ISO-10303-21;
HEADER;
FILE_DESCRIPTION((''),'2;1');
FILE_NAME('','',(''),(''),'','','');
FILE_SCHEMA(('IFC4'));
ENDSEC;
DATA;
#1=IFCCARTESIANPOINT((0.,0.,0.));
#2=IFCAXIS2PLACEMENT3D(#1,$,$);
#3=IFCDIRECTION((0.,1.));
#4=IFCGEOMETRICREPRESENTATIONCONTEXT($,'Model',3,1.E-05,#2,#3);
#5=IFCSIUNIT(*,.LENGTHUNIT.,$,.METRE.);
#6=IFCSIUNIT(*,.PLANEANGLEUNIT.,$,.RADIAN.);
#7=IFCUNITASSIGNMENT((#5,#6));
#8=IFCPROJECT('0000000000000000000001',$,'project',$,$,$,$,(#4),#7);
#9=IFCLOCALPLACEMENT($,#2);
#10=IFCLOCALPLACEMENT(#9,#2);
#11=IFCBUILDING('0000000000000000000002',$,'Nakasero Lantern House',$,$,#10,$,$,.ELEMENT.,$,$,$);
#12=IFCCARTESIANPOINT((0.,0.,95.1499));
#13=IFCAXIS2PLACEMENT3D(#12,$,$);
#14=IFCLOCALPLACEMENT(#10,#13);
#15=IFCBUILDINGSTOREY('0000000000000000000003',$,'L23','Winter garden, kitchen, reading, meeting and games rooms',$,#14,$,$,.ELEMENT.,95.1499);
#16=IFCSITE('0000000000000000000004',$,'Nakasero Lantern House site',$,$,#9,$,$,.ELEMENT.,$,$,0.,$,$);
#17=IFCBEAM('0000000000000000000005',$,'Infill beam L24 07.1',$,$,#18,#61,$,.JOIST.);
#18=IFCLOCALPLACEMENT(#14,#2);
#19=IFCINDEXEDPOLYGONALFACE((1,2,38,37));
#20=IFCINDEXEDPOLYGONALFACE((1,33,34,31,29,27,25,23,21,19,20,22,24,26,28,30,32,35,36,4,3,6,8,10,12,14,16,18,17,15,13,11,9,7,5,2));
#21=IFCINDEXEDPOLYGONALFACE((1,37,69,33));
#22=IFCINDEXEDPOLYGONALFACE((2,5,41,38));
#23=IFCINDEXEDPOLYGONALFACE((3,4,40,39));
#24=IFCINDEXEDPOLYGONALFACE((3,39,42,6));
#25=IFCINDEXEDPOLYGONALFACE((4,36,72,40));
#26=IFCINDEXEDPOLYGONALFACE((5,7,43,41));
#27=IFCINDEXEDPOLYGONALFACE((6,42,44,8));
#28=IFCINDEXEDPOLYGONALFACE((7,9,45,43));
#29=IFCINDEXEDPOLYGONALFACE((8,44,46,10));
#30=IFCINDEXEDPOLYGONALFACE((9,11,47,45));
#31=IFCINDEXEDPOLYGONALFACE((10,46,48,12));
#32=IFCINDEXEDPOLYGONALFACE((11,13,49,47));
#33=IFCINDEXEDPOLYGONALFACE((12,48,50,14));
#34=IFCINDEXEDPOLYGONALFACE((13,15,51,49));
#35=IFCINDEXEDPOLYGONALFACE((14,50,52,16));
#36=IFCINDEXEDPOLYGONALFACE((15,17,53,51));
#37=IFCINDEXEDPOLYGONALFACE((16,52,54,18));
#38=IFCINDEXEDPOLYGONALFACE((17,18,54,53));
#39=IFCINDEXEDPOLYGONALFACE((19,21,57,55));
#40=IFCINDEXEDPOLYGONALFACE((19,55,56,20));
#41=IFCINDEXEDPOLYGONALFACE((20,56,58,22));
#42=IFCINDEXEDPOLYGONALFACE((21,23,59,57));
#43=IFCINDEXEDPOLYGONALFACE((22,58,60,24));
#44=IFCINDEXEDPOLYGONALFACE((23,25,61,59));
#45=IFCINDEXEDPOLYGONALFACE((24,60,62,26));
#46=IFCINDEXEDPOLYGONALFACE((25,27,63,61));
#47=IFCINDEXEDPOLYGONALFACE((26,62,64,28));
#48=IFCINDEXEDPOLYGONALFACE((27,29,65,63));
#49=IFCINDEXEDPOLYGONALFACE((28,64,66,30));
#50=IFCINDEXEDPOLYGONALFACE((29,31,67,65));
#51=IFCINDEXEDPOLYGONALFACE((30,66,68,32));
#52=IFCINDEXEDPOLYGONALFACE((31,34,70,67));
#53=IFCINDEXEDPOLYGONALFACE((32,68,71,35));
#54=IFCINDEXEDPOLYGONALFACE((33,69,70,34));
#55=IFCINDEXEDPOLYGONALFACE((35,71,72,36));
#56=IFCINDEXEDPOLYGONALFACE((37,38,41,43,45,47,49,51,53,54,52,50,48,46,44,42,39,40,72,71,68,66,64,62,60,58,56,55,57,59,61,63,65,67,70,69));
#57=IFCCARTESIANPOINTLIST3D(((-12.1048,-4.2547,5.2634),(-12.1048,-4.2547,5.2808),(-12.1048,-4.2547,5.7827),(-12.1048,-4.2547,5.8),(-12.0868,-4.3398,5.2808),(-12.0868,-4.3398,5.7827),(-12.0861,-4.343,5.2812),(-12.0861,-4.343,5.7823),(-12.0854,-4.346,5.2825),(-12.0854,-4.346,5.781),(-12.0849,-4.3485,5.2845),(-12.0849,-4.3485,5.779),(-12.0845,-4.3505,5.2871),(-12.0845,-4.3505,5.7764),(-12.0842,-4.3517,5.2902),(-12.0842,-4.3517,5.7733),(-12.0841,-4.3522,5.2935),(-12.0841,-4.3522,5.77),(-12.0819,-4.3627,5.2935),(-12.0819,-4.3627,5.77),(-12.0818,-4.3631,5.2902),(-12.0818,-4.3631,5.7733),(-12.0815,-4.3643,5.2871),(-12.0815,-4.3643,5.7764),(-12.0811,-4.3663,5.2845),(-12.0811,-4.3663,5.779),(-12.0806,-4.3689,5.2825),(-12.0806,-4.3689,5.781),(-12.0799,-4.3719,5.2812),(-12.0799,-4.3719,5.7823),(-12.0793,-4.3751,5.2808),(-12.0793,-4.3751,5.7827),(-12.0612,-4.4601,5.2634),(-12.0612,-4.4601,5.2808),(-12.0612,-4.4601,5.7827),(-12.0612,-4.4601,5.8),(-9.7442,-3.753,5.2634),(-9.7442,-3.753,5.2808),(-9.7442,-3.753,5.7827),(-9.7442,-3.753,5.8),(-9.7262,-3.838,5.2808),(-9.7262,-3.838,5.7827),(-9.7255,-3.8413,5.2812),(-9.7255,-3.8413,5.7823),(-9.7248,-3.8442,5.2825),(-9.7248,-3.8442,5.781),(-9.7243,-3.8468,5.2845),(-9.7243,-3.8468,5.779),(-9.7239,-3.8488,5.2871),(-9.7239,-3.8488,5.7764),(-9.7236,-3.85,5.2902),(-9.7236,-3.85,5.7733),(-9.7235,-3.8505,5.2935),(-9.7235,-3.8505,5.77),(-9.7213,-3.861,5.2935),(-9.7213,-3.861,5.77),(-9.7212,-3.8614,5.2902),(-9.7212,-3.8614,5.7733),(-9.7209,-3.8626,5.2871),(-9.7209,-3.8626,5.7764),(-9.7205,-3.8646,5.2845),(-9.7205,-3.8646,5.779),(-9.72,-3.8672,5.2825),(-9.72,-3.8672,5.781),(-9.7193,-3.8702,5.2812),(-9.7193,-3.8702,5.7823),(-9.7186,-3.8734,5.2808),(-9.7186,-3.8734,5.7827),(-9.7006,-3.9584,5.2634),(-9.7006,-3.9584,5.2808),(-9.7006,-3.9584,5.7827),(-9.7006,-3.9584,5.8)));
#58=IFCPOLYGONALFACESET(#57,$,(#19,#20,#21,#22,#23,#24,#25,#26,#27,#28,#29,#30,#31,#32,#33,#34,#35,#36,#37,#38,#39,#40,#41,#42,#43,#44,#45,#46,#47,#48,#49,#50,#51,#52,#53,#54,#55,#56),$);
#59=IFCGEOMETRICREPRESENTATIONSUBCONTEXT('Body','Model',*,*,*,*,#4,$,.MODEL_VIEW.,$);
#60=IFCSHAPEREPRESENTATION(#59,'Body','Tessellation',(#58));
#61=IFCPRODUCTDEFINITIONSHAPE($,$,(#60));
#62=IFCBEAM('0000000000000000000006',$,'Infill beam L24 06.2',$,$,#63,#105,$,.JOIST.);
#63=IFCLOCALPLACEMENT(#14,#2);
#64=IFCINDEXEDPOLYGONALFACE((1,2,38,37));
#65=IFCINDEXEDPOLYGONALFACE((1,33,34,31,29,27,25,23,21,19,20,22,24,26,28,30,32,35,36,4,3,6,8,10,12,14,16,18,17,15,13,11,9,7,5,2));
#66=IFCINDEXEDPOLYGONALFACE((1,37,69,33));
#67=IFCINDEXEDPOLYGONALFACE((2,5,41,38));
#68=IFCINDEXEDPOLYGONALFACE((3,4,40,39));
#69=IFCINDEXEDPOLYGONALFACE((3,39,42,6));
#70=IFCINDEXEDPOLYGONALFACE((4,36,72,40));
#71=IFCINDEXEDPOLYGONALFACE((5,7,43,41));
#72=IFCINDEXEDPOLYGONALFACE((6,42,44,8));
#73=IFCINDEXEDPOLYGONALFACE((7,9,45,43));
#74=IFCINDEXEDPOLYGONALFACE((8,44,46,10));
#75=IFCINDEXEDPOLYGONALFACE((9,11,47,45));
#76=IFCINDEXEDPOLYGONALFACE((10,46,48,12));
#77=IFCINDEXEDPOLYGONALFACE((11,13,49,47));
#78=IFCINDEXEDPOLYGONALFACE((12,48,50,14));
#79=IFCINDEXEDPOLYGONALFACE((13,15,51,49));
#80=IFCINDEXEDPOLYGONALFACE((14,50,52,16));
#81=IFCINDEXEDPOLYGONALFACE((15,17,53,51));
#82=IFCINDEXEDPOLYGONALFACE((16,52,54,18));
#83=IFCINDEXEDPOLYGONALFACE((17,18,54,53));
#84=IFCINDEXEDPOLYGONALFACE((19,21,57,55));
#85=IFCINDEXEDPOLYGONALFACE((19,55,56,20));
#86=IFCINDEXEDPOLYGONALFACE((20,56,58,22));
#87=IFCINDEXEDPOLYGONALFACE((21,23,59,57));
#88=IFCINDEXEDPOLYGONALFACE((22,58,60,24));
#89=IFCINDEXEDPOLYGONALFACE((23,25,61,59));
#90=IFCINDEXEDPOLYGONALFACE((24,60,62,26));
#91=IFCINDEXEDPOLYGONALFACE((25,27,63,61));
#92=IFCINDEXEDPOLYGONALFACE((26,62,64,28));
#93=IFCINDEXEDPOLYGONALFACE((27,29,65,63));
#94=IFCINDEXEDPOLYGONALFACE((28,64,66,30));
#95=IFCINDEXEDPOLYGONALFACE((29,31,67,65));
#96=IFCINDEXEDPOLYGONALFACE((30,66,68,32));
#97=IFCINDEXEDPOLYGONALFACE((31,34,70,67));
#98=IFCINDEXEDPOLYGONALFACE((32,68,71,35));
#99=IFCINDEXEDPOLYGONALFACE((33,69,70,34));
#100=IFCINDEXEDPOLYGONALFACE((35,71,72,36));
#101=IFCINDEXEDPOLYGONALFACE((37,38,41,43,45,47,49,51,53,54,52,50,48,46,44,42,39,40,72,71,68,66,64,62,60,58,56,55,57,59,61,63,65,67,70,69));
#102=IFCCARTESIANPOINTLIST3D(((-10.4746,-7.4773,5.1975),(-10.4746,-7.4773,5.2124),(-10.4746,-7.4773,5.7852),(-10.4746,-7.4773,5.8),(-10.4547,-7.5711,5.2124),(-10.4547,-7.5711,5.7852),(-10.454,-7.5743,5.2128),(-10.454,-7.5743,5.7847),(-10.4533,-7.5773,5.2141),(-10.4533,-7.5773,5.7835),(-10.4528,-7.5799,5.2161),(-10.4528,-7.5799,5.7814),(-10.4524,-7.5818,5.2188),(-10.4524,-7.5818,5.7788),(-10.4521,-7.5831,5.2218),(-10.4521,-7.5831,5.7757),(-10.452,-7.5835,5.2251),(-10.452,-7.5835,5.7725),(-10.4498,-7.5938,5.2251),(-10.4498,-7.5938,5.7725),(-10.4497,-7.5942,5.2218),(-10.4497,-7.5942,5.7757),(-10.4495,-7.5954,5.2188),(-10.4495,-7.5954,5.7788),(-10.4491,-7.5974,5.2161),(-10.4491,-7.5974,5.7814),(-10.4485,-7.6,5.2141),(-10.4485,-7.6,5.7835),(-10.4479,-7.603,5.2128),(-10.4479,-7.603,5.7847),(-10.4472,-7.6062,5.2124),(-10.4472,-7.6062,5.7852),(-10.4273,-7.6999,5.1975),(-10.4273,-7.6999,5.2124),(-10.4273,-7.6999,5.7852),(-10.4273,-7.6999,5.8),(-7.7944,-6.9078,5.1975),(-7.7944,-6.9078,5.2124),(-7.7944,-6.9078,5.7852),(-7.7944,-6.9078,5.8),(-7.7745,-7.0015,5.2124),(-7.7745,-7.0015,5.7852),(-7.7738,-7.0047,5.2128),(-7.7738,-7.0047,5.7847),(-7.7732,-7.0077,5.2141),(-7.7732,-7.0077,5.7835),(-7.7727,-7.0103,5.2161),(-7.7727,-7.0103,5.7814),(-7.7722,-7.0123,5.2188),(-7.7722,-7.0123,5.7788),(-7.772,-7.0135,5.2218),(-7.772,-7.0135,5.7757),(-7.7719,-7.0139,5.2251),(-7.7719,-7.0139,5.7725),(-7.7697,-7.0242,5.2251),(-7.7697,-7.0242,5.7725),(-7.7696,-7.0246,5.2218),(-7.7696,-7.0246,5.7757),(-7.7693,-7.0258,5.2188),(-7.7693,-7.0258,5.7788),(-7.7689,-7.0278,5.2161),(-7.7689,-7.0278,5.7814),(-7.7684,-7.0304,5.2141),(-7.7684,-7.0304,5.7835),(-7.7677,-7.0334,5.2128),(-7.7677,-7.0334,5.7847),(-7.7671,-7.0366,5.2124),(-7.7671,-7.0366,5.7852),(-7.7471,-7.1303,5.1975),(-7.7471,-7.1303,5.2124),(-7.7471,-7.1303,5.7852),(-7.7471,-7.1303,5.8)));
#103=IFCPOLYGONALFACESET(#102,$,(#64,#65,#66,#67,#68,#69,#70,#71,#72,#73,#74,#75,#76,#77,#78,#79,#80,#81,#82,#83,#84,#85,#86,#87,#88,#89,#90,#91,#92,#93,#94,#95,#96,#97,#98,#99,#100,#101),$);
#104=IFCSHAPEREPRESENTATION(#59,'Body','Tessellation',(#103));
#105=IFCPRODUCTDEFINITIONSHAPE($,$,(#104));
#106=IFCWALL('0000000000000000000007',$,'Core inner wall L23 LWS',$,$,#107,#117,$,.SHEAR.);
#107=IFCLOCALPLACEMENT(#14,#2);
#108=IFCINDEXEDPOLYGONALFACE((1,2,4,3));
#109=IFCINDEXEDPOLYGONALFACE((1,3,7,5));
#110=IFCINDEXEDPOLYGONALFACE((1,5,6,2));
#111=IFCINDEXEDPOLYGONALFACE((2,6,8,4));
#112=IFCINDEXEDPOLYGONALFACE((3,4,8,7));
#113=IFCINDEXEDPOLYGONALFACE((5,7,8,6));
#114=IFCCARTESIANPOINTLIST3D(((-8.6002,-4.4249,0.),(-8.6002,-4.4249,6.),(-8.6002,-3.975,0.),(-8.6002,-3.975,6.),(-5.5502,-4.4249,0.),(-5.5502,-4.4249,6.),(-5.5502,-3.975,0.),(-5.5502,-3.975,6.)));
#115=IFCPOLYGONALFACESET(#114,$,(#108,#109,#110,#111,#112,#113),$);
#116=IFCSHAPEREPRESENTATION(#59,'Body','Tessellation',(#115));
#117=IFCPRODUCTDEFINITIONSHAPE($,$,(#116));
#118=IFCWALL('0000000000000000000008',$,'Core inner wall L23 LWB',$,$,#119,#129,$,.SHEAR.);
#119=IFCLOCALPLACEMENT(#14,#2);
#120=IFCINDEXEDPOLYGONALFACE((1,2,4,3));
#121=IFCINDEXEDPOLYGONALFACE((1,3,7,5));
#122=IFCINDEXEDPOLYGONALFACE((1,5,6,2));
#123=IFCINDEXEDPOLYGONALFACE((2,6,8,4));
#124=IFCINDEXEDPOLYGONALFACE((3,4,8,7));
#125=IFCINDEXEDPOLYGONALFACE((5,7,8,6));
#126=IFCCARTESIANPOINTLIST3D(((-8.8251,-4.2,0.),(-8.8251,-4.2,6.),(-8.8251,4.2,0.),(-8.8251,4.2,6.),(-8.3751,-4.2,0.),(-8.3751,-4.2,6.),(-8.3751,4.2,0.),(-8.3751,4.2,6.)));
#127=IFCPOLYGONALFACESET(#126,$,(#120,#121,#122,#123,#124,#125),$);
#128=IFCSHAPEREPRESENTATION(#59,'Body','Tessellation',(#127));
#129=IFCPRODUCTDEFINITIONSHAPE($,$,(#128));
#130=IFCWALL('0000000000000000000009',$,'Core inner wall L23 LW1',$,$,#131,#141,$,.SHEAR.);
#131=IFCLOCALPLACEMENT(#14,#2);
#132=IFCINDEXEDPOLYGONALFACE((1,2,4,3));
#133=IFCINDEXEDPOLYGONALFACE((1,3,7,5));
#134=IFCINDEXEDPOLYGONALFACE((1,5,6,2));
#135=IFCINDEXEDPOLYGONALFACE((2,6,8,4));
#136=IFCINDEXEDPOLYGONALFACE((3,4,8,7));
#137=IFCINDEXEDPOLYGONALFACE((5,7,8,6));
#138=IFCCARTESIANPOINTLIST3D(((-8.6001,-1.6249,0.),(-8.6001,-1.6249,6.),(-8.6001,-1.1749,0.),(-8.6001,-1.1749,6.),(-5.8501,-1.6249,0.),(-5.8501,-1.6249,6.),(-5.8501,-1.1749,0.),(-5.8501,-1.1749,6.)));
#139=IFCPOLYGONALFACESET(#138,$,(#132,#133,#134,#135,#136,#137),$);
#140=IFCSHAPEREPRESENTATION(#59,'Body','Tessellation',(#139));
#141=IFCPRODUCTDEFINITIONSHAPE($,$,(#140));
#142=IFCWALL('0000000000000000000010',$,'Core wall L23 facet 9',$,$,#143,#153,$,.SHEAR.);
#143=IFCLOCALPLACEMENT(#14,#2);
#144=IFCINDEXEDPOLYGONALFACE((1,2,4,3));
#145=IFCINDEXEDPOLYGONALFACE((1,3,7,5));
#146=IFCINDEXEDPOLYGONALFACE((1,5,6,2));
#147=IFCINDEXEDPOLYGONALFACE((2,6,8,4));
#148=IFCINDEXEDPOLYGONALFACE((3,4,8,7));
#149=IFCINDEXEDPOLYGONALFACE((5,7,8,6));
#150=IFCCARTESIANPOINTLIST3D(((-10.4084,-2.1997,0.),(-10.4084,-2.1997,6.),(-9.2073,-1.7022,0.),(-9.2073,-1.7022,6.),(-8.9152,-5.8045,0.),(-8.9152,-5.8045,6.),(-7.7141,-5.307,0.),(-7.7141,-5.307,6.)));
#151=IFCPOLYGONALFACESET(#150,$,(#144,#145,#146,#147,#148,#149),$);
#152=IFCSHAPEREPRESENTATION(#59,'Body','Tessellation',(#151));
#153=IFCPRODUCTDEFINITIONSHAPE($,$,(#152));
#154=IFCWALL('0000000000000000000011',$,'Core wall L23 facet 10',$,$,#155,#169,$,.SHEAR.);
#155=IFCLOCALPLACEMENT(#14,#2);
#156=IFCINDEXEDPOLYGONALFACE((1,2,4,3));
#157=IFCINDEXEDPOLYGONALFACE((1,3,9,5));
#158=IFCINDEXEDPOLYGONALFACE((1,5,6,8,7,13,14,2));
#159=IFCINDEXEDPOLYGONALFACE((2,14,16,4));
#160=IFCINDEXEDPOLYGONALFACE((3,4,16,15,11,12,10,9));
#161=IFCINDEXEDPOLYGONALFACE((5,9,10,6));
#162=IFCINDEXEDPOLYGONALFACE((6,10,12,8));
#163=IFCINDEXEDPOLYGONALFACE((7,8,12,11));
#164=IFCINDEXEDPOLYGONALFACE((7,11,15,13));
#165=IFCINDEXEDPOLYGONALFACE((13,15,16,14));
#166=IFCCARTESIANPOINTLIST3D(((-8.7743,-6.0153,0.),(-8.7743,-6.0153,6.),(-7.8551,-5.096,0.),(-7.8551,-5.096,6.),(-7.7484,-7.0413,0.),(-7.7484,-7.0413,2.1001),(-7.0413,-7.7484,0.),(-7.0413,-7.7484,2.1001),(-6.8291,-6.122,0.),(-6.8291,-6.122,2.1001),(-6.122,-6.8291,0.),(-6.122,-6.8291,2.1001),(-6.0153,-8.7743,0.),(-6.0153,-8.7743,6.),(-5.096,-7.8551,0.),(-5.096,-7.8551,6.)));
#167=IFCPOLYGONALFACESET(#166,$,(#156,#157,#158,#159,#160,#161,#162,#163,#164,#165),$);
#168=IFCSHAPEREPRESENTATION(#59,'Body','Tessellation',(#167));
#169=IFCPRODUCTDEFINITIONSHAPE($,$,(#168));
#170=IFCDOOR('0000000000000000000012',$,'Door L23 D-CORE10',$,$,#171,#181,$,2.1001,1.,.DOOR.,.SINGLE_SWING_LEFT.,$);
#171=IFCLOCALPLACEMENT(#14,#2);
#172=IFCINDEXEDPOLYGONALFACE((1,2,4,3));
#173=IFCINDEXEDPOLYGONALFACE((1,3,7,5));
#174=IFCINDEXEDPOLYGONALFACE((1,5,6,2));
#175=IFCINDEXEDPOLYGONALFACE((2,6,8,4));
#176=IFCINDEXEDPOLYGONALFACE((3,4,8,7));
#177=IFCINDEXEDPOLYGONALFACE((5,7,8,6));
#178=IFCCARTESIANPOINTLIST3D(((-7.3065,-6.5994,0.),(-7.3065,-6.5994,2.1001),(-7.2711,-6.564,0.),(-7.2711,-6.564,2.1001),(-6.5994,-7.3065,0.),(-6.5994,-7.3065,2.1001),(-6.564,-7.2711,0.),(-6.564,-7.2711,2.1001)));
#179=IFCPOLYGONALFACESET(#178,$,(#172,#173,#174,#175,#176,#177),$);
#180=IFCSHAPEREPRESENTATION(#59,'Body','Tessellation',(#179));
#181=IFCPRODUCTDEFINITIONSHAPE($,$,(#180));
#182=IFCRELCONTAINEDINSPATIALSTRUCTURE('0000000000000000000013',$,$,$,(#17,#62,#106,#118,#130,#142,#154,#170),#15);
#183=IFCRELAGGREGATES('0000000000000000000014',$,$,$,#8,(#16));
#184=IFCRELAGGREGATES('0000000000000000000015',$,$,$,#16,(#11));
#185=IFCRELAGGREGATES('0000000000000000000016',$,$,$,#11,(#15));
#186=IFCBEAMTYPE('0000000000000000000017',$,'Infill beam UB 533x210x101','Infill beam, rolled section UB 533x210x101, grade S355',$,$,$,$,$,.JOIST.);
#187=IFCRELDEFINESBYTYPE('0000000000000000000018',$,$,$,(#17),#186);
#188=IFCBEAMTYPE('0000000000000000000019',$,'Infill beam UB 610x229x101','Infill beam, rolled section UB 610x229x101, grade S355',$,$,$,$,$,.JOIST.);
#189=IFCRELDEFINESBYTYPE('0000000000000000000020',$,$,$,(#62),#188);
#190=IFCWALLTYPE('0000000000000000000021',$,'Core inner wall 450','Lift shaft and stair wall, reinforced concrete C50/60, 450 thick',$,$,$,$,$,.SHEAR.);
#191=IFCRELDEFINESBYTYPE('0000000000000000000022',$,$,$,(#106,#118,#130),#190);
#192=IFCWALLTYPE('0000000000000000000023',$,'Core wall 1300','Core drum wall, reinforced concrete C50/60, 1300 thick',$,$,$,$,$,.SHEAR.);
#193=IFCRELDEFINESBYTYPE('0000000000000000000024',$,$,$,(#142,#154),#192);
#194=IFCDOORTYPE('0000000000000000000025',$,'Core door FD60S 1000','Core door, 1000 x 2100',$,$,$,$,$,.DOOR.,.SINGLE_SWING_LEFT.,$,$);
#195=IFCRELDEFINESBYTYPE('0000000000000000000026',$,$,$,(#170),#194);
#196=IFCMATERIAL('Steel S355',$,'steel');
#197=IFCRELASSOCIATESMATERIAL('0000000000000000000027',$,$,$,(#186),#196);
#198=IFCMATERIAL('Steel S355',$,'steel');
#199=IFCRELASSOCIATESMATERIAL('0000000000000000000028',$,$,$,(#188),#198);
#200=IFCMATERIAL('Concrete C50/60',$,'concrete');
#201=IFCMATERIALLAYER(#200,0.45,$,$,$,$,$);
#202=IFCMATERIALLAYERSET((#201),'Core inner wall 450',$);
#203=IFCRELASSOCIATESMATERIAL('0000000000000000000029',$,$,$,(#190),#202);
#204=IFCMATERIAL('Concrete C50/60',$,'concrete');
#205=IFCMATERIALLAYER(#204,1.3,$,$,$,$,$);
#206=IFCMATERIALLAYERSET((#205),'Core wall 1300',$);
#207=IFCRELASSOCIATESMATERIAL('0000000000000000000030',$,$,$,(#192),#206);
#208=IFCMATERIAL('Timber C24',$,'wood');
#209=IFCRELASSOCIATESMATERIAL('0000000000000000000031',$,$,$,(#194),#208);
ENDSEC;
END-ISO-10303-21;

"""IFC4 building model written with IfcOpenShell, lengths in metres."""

from ifc_helpers import new_model, si_unit, direction, frame, frame_2d, origin, origin_2d, place, context, subcontext, project, spatial, rectangle, i_section, extrude, material, layer, layer_set, material_profile, profile_set, type_object, element, fill, save


model = new_model("IFC4")

# Units and contexts
model_context = context("Model", 3, precision=1e-05, world=origin(), true_north=direction((0.0, 1.0)))
body_context = subcontext(model_context, "Body", "Model", "MODEL_VIEW")
ifc_project = project(units=[si_unit("LENGTHUNIT", "METRE"), si_unit("PLANEANGLEUNIT", "RADIAN")], contexts=[model_context])

# Site, building, storey
site_placement = place(None, origin())
site = spatial("IfcSite", under=ifc_project, at=site_placement, Name="Nakasero Lantern House site", CompositionType="ELEMENT", RefElevation=0.0)
building_placement = place(site_placement, origin())
building = spatial("IfcBuilding", under=site, at=building_placement, Name="Nakasero Lantern House", CompositionType="ELEMENT")
storey_placement = place(building_placement, frame((0.0, 0.0, 95.1499)))
storey = spatial("IfcBuildingStorey", under=building, at=storey_placement, Name="L23", Description="Winter garden, kitchen, reading, meeting and games rooms", CompositionType="ELEMENT", Elevation=95.1499)

# Beams
ifc_material_1 = material(Name="Steel S355", Category="steel")
ifc_material_profile_1 = material_profile(ifc_material_1, i_section(OverallWidth=0.21, OverallDepth=0.5366, WebThickness=0.0107, FlangeThickness=0.0173, FilletRadius=0.0127, at=origin_2d()), Name="UB 533x210x101")
ifc_profile_set_1 = profile_set([ifc_material_profile_1], Name="Steel S355")
beam_type_1 = type_object("IfcBeamType", Name="Infill beam UB 533x210x101", Description="Infill beam, rolled section UB 533x210x101, grade S355", PredefinedType="JOIST", material=ifc_profile_set_1)
beam_1_placement = place(storey_placement, frame((-12.083, -4.3574, 5.5317), z_axis=(0.978152, 0.207891, 0.0), x_axis=(-0.207891, 0.978152, 0.0)))
element("IfcBeam", 1, at=beam_1_placement, inside=storey, type_object=beam_type_1, Name="Infill beam L24 07.1", PredefinedType="JOIST", context=body_context, shape_type="SweptSolid", body=[
    extrude(i_section(OverallWidth=0.21, OverallDepth=0.5366, WebThickness=0.0107, FlangeThickness=0.0173, FilletRadius=0.0127, at=origin_2d()), origin(), (0.0, 0.0, 1.0), 2.4133),
])
ifc_material_2 = material(Name="Steel S355", Category="steel")
ifc_material_profile_2 = material_profile(ifc_material_2, i_section(OverallWidth=0.2275, OverallDepth=0.6025, WebThickness=0.0105, FlangeThickness=0.0149, FilletRadius=0.0127, at=origin_2d()), Name="UB 610x229x101")
ifc_profile_set_2 = profile_set([ifc_material_profile_2], Name="Steel S355")
beam_type_2 = type_object("IfcBeamType", Name="Infill beam UB 610x229x101", Description="Infill beam, rolled section UB 610x229x101, grade S355", PredefinedType="JOIST", material=ifc_profile_set_2)
beam_2_placement = place(storey_placement, frame((-10.4509, -7.5886, 5.4988), z_axis=(0.978156, 0.207874, 0.0), x_axis=(-0.207874, 0.978156, 0.0)))
element("IfcBeam", 2, at=beam_2_placement, inside=storey, type_object=beam_type_2, Name="Infill beam L24 06.2", PredefinedType="JOIST", context=body_context, shape_type="SweptSolid", body=[
    extrude(i_section(OverallWidth=0.2275, OverallDepth=0.6025, WebThickness=0.0105, FlangeThickness=0.0149, FilletRadius=0.0127, at=origin_2d()), origin(), (0.0, 0.0, 1.0), 2.74),
])

# Walls
ifc_material_3 = material(Name="Concrete C50/60", Category="concrete")
ifc_layer_1 = layer(ifc_material_3, 0.45)
ifc_layer_set_1 = layer_set([ifc_layer_1], Name="Core inner wall 450")
wall_type_1 = type_object("IfcWallType", Name="Core inner wall 450", Description="Lift shaft and stair wall, reinforced concrete C50/60, 450 thick", PredefinedType="SHEAR", material=ifc_layer_set_1)
wall_1_placement = place(storey_placement, frame((-8.6001, -4.2, 0.0), z_axis=(0.0, 0.0, 1.0), x_axis=(1.0, 0.0, 0.0)))
element("IfcWall", 3, at=wall_1_placement, inside=storey, type_object=wall_type_1, Name="Core inner wall L23 LWS", PredefinedType="SHEAR", context=body_context, shape_type="SweptSolid", body=[
    extrude(rectangle(XDim=3.05, YDim=0.45, at=frame_2d((1.5249, 0.0))), origin(), (0.0, 0.0, 1.0), 6.0),
])
wall_2_placement = place(storey_placement, frame((-8.6001, -4.2, 0.0), z_axis=(0.0, 0.0, 1.0), x_axis=(0.0, 1.0, 0.0)))
element("IfcWall", 4, at=wall_2_placement, inside=storey, type_object=wall_type_1, Name="Core inner wall L23 LWB", PredefinedType="SHEAR", context=body_context, shape_type="SweptSolid", body=[
    extrude(rectangle(XDim=8.3999, YDim=0.45, at=frame_2d((4.2, 0.0))), origin(), (0.0, 0.0, 1.0), 6.0),
])
wall_3_placement = place(storey_placement, frame((-8.6001, -1.3999, 0.0), z_axis=(0.0, 0.0, 1.0), x_axis=(1.0, 0.0, 0.0)))
element("IfcWall", 5, at=wall_3_placement, inside=storey, type_object=wall_type_1, Name="Core inner wall L23 LW1", PredefinedType="SHEAR", context=body_context, shape_type="SweptSolid", body=[
    extrude(rectangle(XDim=2.75, YDim=0.45, at=frame_2d((1.375, 0.0))), origin(), (0.0, 0.0, 1.0), 6.0),
])
ifc_material_4 = material(Name="Concrete C50/60", Category="concrete")
ifc_layer_2 = layer(ifc_material_4, 1.3)
ifc_layer_set_2 = layer_set([ifc_layer_2], Name="Core wall 1300")
wall_type_2 = type_object("IfcWallType", Name="Core wall 1300", Description="Core drum wall, reinforced concrete C50/60, 1300 thick", PredefinedType="SHEAR", material=ifc_layer_set_2)
wall_4_placement = place(storey_placement, frame((-9.8079, -1.9509, 0.0), z_axis=(0.0, 0.0, 1.0), x_axis=(0.382691, -0.923877, 0.0)))
element("IfcWall", 6, at=wall_4_placement, inside=storey, type_object=wall_type_2, Name="Core wall L23 facet 9", PredefinedType="SHEAR", context=body_context, shape_type="SweptSolid", body=[
    extrude(rectangle(XDim=3.9019, YDim=1.3, at=frame_2d((1.9509, 0.0))), origin(), (0.0, 0.0, 1.0), 6.0),
])

# Wall, opening, door
wall_5_placement = place(storey_placement, frame((-8.3147, -5.5557, 0.0), z_axis=(0.0, 0.0, 1.0), x_axis=(0.707107, -0.707107, 0.0)))
wall_5 = element("IfcWall", 7, at=wall_5_placement, inside=storey, type_object=wall_type_2, Name="Core wall L23 facet 10", PredefinedType="SHEAR", context=body_context, shape_type="SweptSolid", body=[
    extrude(rectangle(XDim=3.9019, YDim=1.3, at=frame_2d((1.9509, 0.0))), origin(), (0.0, 0.0, 1.0), 6.0),
])
opening_1_placement = place(wall_5_placement, frame((1.4509, 0.0, 0.0)))
opening_1 = element("IfcOpeningElement", 8, at=opening_1_placement, cuts=wall_5, PredefinedType="OPENING", context=body_context, shape_type="SweptSolid", body=[
    extrude(rectangle(XDim=1.0, YDim=2.1001, at=frame_2d((0.5, 1.05))), frame((0.0, 0.6699, 0.0), z_axis=(0.0, -1.0, 0.0), x_axis=(1.0, 0.0, 0.0)), (0.0, 0.0, 1.0), 1.3401),
])
ifc_material_5 = material(Name="Timber C24", Category="wood")
door_type_1 = type_object("IfcDoorType", Name="Core door FD60S 1000", Description="Core door, 1000 x 2100", OperationType="SINGLE_SWING_LEFT", PredefinedType="DOOR", material=ifc_material_5)
door_1_placement = place(opening_1_placement, origin())
door_1 = element("IfcDoor", 9, at=door_1_placement, inside=storey, type_object=door_type_1, Name="Door L23 D-CORE10", OperationType="SINGLE_SWING_LEFT", OverallHeight=2.1001, OverallWidth=1.0, PredefinedType="DOOR", context=body_context, shape_type="SweptSolid", body=[
    extrude(rectangle(XDim=1.0, YDim=2.1001, at=frame_2d((0.5, 1.05))), frame((0.0, 0.0249, 0.0), z_axis=(0.0, -1.0, 0.0), x_axis=(1.0, 0.0, 0.0)), (0.0, 0.0, 1.0), 0.05),
])
fill(opening_1, door_1)

save(model, "model.ifc")
